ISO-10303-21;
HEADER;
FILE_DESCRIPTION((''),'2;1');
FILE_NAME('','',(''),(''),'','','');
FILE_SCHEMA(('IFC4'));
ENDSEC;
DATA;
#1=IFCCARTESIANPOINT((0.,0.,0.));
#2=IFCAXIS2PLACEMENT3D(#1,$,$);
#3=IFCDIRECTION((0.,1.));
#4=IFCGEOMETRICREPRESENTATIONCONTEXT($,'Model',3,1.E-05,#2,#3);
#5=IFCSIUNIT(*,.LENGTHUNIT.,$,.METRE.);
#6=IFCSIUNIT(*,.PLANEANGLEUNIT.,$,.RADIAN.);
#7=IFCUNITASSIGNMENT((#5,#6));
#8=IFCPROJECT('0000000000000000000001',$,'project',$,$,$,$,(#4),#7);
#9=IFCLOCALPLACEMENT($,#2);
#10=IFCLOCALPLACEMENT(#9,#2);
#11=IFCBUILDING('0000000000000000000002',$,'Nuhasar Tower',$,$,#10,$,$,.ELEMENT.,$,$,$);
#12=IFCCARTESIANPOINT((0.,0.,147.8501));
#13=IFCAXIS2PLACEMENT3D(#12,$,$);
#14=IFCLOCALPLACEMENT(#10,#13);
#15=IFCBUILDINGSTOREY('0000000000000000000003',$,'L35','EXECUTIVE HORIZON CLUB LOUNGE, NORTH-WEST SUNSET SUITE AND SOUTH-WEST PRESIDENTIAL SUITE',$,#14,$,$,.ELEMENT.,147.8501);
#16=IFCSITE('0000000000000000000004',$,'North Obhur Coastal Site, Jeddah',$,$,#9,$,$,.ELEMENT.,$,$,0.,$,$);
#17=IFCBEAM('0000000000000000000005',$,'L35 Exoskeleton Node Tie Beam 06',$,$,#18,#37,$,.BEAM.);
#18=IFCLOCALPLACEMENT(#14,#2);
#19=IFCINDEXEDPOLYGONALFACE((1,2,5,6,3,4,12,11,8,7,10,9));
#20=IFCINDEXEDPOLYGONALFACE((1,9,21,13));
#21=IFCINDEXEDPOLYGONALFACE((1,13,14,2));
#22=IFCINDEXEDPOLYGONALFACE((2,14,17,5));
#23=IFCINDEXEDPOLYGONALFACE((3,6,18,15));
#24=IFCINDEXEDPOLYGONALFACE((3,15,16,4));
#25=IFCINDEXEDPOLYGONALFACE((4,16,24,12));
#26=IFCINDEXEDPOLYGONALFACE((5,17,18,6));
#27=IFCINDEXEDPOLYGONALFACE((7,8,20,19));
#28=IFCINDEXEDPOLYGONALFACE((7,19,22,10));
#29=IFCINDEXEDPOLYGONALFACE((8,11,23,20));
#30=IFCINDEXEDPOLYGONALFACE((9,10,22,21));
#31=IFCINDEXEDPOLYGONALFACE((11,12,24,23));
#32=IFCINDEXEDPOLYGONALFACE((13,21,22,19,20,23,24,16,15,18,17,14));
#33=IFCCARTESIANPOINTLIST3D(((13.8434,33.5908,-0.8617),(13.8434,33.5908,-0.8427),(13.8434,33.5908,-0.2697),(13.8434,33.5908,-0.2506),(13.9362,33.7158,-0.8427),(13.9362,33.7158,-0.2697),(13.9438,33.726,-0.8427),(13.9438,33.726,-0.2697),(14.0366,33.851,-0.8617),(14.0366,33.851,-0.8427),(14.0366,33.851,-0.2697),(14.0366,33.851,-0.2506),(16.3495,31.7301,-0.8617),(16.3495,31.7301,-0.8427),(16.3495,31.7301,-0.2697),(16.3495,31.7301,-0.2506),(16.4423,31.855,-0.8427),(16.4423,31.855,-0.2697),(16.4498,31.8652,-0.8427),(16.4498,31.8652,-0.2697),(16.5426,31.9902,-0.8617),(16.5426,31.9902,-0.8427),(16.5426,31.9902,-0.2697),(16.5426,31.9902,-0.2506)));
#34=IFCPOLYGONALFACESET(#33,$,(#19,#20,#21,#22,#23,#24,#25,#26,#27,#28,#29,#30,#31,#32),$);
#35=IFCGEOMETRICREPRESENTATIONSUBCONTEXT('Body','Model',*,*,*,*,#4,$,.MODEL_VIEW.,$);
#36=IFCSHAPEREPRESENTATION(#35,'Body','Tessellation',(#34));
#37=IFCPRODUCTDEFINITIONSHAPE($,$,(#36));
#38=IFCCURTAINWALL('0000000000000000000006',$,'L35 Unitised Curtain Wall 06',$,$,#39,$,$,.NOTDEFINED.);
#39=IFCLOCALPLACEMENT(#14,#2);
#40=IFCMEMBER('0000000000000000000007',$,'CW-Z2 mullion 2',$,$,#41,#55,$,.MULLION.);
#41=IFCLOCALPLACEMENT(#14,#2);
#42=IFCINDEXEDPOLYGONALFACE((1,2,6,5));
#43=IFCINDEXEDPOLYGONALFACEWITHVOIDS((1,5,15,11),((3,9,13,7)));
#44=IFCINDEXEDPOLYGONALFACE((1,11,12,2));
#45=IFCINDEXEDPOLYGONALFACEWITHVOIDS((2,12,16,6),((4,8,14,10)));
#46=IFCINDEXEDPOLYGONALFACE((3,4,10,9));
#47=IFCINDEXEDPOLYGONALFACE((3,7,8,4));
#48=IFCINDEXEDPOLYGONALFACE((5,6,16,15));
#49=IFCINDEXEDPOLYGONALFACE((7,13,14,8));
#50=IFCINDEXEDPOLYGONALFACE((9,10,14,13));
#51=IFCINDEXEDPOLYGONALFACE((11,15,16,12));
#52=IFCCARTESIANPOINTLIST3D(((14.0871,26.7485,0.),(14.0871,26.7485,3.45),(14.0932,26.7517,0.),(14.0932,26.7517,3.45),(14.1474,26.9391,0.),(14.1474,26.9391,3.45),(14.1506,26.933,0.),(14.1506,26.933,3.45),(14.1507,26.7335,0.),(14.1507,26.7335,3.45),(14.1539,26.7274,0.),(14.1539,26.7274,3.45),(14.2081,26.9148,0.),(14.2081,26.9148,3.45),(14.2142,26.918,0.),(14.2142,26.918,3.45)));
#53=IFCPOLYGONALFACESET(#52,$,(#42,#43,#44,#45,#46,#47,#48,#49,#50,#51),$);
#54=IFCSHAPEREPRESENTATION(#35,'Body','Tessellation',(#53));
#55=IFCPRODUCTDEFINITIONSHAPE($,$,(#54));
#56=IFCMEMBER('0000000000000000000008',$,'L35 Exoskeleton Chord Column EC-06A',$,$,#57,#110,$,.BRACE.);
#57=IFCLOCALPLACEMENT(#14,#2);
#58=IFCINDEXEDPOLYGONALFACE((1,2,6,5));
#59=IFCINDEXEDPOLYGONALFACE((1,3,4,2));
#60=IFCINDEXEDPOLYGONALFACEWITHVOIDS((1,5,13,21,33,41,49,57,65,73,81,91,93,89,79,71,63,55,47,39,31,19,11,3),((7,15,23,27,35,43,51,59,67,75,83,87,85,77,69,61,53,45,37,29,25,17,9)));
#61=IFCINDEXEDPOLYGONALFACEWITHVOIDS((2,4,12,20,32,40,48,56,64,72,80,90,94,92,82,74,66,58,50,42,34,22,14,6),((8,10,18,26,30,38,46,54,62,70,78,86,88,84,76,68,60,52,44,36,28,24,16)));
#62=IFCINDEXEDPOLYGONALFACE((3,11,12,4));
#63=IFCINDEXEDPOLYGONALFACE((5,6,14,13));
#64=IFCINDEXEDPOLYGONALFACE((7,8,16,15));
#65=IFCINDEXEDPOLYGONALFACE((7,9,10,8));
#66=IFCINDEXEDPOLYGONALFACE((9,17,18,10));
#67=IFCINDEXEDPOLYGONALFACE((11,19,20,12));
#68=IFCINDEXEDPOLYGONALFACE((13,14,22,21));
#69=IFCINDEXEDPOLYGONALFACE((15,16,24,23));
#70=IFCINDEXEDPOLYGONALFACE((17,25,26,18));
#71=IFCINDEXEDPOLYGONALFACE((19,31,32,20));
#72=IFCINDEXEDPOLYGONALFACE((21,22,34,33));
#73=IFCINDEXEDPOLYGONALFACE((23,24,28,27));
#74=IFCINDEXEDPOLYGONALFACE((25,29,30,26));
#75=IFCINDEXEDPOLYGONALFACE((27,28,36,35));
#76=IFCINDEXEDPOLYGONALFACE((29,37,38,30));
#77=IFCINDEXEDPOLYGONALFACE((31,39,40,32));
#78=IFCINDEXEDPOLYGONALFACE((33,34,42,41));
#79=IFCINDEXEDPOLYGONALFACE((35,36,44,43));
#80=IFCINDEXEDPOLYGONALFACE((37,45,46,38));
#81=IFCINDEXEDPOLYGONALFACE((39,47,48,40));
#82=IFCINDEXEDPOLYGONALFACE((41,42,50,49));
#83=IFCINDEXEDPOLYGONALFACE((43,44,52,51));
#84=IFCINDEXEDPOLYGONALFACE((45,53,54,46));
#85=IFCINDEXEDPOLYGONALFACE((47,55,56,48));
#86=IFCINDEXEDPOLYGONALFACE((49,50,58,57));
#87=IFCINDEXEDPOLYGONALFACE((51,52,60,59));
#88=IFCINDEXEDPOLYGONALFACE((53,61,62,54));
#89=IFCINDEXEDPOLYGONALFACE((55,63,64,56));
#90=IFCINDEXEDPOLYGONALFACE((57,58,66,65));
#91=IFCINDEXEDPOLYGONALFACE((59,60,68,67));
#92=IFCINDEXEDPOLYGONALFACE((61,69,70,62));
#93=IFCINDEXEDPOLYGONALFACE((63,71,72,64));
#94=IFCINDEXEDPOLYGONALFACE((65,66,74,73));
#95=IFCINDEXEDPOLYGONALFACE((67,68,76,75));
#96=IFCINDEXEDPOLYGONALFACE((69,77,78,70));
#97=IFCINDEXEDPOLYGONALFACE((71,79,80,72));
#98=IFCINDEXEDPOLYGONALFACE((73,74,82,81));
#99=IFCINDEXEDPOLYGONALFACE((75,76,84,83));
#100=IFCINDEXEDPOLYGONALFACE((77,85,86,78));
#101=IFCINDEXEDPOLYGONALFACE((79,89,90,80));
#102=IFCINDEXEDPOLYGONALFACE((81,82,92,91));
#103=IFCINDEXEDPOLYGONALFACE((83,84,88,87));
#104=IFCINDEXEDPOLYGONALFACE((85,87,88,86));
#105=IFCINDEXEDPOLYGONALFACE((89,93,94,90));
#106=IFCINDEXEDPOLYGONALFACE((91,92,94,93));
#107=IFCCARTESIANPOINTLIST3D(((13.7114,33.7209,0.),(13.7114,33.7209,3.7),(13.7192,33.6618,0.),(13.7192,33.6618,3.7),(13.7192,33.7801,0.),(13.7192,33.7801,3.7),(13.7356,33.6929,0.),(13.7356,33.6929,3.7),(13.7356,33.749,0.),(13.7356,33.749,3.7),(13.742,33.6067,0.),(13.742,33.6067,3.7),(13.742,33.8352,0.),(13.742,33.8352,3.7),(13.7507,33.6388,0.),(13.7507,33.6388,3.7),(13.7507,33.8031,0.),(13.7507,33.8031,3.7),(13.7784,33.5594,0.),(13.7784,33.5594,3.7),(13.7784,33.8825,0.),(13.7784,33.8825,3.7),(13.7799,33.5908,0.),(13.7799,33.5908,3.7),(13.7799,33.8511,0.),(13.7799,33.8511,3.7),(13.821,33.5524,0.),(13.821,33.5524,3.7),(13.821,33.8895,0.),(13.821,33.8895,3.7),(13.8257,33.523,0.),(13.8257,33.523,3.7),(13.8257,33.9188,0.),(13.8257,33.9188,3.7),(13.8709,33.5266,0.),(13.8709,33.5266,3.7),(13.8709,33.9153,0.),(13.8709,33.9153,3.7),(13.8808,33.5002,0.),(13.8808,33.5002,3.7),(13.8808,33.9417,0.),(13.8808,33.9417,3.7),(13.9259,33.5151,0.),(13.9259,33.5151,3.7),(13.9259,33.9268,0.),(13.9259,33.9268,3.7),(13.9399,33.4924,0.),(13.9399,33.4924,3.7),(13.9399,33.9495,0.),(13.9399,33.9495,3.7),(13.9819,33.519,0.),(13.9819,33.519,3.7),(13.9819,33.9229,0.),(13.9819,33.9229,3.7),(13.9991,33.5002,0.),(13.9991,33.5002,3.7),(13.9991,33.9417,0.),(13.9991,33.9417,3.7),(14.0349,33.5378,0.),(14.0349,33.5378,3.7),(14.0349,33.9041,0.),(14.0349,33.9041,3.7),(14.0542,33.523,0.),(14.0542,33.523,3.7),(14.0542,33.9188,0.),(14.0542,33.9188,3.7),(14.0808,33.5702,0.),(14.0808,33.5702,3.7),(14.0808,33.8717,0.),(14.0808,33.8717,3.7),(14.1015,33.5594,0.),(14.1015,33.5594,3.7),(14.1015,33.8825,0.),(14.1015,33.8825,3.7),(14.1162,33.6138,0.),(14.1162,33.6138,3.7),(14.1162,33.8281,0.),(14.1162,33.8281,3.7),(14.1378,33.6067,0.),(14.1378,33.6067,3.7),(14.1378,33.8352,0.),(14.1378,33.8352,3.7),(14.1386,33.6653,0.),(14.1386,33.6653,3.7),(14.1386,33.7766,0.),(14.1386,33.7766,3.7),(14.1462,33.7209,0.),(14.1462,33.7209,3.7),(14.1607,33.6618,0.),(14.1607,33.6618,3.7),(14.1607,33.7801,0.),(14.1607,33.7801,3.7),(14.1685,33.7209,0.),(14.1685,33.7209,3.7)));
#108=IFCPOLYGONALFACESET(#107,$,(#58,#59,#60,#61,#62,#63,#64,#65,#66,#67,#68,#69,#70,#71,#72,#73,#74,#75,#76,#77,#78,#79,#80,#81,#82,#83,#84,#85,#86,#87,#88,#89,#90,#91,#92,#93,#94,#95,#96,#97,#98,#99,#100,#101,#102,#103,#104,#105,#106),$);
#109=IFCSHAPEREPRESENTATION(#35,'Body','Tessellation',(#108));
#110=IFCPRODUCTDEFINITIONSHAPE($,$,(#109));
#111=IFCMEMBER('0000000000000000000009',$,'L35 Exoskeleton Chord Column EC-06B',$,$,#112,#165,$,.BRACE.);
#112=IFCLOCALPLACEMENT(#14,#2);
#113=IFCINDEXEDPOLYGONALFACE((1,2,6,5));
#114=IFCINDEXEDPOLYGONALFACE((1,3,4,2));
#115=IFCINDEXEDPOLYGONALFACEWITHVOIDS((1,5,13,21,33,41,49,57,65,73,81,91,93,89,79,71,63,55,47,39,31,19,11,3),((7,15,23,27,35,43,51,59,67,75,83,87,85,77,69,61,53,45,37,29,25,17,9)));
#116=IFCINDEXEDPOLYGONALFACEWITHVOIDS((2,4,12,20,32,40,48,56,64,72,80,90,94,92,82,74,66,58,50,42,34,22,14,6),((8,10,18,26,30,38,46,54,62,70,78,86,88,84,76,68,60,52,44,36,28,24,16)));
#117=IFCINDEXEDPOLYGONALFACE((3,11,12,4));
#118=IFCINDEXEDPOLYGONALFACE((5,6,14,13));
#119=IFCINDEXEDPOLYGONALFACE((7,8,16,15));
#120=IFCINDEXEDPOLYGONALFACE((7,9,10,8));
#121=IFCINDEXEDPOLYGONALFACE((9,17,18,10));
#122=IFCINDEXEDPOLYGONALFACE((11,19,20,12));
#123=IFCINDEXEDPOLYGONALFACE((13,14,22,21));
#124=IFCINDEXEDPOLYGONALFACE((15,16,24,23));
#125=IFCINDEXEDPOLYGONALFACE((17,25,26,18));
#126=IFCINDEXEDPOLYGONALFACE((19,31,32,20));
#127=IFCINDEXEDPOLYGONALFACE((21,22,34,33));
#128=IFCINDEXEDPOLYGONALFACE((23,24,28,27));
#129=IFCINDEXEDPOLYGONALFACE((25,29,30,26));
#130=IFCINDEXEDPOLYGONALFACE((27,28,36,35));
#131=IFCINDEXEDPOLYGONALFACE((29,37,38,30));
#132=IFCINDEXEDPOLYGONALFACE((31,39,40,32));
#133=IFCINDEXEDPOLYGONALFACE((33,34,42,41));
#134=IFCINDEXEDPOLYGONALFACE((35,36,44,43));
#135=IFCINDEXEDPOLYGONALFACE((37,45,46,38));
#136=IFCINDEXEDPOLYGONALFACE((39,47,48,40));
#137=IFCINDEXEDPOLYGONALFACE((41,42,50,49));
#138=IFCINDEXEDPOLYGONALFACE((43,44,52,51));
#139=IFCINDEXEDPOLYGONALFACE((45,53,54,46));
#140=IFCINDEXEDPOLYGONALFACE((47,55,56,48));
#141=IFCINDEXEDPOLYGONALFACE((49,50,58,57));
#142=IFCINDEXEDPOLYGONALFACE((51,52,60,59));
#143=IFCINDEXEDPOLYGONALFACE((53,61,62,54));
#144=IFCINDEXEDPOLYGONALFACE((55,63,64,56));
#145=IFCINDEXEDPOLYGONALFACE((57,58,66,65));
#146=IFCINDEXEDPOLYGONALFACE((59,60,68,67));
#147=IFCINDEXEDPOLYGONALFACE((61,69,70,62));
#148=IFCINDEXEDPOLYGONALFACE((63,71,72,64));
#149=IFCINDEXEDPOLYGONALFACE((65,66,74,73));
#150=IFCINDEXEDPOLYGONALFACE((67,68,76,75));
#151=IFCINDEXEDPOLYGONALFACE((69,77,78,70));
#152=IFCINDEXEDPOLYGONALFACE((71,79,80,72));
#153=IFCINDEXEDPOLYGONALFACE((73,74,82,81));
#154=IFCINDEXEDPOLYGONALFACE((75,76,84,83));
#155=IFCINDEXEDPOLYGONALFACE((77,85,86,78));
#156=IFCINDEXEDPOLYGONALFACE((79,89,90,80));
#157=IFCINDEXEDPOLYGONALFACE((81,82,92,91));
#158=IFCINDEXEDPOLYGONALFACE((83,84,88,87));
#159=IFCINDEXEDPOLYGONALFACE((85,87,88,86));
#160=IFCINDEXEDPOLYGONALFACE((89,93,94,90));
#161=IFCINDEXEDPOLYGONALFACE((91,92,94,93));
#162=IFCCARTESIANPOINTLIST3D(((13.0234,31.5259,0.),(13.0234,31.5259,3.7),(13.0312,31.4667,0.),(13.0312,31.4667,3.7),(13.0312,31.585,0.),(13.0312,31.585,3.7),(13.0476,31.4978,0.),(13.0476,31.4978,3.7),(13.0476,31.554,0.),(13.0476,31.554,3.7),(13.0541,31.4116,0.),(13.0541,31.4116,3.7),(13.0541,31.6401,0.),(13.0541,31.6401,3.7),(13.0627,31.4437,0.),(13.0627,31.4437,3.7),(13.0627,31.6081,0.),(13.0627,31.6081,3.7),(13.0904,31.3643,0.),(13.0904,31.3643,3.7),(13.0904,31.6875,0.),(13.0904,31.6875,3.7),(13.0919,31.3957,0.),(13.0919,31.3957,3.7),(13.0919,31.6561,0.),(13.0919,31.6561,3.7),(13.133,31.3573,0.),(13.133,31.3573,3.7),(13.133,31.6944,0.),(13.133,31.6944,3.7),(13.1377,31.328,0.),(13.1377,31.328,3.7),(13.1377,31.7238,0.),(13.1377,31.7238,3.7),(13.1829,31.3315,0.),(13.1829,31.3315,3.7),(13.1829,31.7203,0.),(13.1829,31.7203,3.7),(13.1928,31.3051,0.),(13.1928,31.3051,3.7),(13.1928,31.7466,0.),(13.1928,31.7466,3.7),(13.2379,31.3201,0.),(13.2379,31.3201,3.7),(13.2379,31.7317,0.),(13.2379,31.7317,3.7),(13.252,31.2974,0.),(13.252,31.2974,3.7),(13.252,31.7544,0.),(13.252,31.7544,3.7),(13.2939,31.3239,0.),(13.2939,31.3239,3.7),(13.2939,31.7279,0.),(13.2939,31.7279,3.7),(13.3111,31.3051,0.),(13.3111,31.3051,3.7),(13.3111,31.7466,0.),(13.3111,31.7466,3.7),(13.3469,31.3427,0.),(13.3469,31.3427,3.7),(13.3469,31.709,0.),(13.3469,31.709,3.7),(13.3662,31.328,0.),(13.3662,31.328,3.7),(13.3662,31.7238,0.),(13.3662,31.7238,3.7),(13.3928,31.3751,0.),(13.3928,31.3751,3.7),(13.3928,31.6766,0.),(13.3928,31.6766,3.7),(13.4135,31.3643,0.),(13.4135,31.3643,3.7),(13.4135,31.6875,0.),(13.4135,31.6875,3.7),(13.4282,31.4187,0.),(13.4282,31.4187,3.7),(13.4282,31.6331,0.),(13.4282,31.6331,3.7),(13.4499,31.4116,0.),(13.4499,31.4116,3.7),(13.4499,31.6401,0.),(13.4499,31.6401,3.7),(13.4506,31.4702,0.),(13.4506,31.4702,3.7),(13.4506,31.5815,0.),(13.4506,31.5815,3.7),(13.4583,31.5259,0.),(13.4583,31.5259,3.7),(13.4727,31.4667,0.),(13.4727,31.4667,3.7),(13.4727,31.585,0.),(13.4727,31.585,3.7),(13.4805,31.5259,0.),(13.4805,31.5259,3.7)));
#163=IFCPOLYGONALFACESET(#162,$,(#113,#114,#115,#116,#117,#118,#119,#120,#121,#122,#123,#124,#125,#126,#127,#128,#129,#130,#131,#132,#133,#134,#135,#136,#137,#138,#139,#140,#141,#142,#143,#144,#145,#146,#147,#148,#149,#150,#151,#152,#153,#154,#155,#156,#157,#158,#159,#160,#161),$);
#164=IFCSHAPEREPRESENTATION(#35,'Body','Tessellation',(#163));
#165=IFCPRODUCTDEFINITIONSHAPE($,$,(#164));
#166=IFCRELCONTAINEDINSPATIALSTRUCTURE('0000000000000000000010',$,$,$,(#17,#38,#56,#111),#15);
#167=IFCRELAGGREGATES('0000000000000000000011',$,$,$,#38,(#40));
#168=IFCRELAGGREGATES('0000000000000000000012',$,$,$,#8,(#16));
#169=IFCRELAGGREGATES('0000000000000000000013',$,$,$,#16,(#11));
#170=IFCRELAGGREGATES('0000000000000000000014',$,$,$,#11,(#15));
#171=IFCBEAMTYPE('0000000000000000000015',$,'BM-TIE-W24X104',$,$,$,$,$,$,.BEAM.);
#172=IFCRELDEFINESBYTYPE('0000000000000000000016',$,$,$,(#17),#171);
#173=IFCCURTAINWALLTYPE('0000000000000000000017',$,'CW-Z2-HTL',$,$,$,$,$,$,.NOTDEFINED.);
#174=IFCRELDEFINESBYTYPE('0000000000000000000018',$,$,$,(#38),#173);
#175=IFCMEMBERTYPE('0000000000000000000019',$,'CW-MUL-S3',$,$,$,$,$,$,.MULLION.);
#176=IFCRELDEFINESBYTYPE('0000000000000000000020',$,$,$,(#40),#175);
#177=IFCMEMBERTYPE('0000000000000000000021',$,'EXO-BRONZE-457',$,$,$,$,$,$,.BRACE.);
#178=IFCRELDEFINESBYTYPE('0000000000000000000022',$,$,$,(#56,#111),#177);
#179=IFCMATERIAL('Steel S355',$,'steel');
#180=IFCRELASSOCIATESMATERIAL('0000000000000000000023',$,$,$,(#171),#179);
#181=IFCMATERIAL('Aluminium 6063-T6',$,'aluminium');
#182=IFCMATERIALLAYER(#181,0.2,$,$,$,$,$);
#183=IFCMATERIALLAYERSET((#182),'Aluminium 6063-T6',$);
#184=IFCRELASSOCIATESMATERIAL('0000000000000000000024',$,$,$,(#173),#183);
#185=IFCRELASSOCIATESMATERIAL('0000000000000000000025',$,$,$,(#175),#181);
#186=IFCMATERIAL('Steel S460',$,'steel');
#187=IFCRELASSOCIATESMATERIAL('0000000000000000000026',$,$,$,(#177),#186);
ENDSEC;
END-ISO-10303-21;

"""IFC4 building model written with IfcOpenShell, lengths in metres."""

from ifc_helpers import new_model, si_unit, direction, frame, origin, origin_2d, place, context, subcontext, project, spatial, hollow_rectangle, hollow_circle, i_section, extrude, material, layer, layer_set, material_profile, profile_set, type_object, element, aggregate, save


model = new_model("IFC4")

# Units and contexts
model_context = context("Model", 3, precision=1e-05, world=origin(), true_north=direction((0.0, 1.0)))
body_context = subcontext(model_context, "Body", "Model", "MODEL_VIEW")
ifc_project = project(units=[si_unit("LENGTHUNIT", "METRE"), si_unit("PLANEANGLEUNIT", "RADIAN")], contexts=[model_context])

# Site, building, storey
site_placement = place(None, origin())
site = spatial("IfcSite", under=ifc_project, at=site_placement, Name="North Obhur Coastal Site, Jeddah", CompositionType="ELEMENT", RefElevation=0.0)
building_placement = place(site_placement, origin())
building = spatial("IfcBuilding", under=site, at=building_placement, Name="Nuhasar Tower", CompositionType="ELEMENT")
storey_placement = place(building_placement, frame((0.0, 0.0, 147.8501)))
storey = spatial("IfcBuildingStorey", under=building, at=storey_placement, Name="L35", Description="EXECUTIVE HORIZON CLUB LOUNGE, NORTH-WEST SUNSET SUITE AND SOUTH-WEST PRESIDENTIAL SUITE", CompositionType="ELEMENT", Elevation=147.8501)

# Beam
ifc_material_1 = material(Name="Steel S355", Category="steel")
ifc_material_profile_1 = material_profile(ifc_material_1, i_section(OverallWidth=0.324, OverallDepth=0.6111, WebThickness=0.0127, FlangeThickness=0.019, at=origin_2d()), Name="W24X104")
ifc_profile_set_1 = profile_set([ifc_material_profile_1], Name="Steel S355")
beam_type_1 = type_object("IfcBeamType", Name="BM-TIE-W24X104", PredefinedType="BEAM", material=ifc_profile_set_1)
beam_1_placement = place(storey_placement, frame((16.446, 31.8601, -0.5562), z_axis=(-0.802872, 0.596151, 0.0), x_axis=(-0.596151, -0.802872, 0.0)))
element("IfcBeam", 1, at=beam_1_placement, inside=storey, type_object=beam_type_1, Name="L35 Exoskeleton Node Tie Beam 06", PredefinedType="BEAM", context=body_context, shape_type="SweptSolid", body=[
    extrude(i_section(OverallWidth=0.324, OverallDepth=0.6111, WebThickness=0.0127, FlangeThickness=0.019, at=origin_2d()), origin(), (0.0, 0.0, 1.0), 3.1213),
])

# Curtain wall, member
ifc_material_2 = material(Name="Aluminium 6063-T6", Category="aluminium")
ifc_layer_1 = layer(ifc_material_2, 0.2)
ifc_layer_set_1 = layer_set([ifc_layer_1], Name="Aluminium 6063-T6")
curtain_wall_type = type_object("IfcCurtainWallType", Name="CW-Z2-HTL", PredefinedType="NOTDEFINED", material=ifc_layer_set_1)
curtain_wall_placement = place(storey_placement, origin())
curtain_wall = element("IfcCurtainWall", 2, at=curtain_wall_placement, inside=storey, type_object=curtain_wall_type, Name="L35 Unitised Curtain Wall 06", PredefinedType="NOTDEFINED")
ifc_material_profile_2 = material_profile(ifc_material_2, hollow_rectangle(XDim=0.0701, YDim=0.2, WallThickness=0.0049, at=origin_2d()), Name="CWM-3")
ifc_profile_set_2 = profile_set([ifc_material_profile_2], Name="Aluminium 6063-T6")
member_type_1 = type_object("IfcMemberType", Name="CW-MUL-S3", PredefinedType="MULLION", material=ifc_profile_set_2)
member_1_placement = place(storey_placement, frame((14.1506, 26.8333, 0.0), z_axis=(0.0, 0.0, 1.0), x_axis=(0.953433, -0.301604, 0.0)))
member_1 = element("IfcMember", 3, at=member_1_placement, type_object=member_type_1, Name="CW-Z2 mullion 2", PredefinedType="MULLION", context=body_context, shape_type="SweptSolid", body=[
    extrude(hollow_rectangle(XDim=0.0701, YDim=0.2, WallThickness=0.0049, at=origin_2d()), origin(), (0.0, 0.0, 1.0), 3.45),
])

# Members
ifc_material_3 = material(Name="Steel S460", Category="steel")
ifc_material_profile_3 = material_profile(ifc_material_3, hollow_circle(Radius=0.2285, WallThickness=0.0222, at=origin_2d()), Name="HSS457X22.2")
ifc_profile_set_3 = profile_set([ifc_material_profile_3], Name="Steel S460")
member_type_2 = type_object("IfcMemberType", Name="EXO-BRONZE-457", PredefinedType="BRACE", material=ifc_profile_set_3)
for number, where, z_axis, x_axis, name in (
    (4, (13.9399, 33.7209, 0.0), (0.0, 0.0, 1.0), (1.0, 0.0, 0.0), "L35 Exoskeleton Chord Column EC-06A"),
    (5, (13.252, 31.5259, 0.0), (0.0, 0.0, 1.0), (1.0, 0.0, 0.0), "L35 Exoskeleton Chord Column EC-06B"),
):
    element("IfcMember", number, at=place(storey_placement, frame(where, z_axis=z_axis, x_axis=x_axis)), inside=storey, type_object=member_type_2, Name=name, PredefinedType="BRACE", context=body_context, shape_type="SweptSolid", body=[
        extrude(hollow_circle(Radius=0.2285, WallThickness=0.0222, at=origin_2d()), origin(), (0.0, 0.0, 1.0), 3.7),
    ])

aggregate(curtain_wall, [member_1])

save(model, "model.ifc")
